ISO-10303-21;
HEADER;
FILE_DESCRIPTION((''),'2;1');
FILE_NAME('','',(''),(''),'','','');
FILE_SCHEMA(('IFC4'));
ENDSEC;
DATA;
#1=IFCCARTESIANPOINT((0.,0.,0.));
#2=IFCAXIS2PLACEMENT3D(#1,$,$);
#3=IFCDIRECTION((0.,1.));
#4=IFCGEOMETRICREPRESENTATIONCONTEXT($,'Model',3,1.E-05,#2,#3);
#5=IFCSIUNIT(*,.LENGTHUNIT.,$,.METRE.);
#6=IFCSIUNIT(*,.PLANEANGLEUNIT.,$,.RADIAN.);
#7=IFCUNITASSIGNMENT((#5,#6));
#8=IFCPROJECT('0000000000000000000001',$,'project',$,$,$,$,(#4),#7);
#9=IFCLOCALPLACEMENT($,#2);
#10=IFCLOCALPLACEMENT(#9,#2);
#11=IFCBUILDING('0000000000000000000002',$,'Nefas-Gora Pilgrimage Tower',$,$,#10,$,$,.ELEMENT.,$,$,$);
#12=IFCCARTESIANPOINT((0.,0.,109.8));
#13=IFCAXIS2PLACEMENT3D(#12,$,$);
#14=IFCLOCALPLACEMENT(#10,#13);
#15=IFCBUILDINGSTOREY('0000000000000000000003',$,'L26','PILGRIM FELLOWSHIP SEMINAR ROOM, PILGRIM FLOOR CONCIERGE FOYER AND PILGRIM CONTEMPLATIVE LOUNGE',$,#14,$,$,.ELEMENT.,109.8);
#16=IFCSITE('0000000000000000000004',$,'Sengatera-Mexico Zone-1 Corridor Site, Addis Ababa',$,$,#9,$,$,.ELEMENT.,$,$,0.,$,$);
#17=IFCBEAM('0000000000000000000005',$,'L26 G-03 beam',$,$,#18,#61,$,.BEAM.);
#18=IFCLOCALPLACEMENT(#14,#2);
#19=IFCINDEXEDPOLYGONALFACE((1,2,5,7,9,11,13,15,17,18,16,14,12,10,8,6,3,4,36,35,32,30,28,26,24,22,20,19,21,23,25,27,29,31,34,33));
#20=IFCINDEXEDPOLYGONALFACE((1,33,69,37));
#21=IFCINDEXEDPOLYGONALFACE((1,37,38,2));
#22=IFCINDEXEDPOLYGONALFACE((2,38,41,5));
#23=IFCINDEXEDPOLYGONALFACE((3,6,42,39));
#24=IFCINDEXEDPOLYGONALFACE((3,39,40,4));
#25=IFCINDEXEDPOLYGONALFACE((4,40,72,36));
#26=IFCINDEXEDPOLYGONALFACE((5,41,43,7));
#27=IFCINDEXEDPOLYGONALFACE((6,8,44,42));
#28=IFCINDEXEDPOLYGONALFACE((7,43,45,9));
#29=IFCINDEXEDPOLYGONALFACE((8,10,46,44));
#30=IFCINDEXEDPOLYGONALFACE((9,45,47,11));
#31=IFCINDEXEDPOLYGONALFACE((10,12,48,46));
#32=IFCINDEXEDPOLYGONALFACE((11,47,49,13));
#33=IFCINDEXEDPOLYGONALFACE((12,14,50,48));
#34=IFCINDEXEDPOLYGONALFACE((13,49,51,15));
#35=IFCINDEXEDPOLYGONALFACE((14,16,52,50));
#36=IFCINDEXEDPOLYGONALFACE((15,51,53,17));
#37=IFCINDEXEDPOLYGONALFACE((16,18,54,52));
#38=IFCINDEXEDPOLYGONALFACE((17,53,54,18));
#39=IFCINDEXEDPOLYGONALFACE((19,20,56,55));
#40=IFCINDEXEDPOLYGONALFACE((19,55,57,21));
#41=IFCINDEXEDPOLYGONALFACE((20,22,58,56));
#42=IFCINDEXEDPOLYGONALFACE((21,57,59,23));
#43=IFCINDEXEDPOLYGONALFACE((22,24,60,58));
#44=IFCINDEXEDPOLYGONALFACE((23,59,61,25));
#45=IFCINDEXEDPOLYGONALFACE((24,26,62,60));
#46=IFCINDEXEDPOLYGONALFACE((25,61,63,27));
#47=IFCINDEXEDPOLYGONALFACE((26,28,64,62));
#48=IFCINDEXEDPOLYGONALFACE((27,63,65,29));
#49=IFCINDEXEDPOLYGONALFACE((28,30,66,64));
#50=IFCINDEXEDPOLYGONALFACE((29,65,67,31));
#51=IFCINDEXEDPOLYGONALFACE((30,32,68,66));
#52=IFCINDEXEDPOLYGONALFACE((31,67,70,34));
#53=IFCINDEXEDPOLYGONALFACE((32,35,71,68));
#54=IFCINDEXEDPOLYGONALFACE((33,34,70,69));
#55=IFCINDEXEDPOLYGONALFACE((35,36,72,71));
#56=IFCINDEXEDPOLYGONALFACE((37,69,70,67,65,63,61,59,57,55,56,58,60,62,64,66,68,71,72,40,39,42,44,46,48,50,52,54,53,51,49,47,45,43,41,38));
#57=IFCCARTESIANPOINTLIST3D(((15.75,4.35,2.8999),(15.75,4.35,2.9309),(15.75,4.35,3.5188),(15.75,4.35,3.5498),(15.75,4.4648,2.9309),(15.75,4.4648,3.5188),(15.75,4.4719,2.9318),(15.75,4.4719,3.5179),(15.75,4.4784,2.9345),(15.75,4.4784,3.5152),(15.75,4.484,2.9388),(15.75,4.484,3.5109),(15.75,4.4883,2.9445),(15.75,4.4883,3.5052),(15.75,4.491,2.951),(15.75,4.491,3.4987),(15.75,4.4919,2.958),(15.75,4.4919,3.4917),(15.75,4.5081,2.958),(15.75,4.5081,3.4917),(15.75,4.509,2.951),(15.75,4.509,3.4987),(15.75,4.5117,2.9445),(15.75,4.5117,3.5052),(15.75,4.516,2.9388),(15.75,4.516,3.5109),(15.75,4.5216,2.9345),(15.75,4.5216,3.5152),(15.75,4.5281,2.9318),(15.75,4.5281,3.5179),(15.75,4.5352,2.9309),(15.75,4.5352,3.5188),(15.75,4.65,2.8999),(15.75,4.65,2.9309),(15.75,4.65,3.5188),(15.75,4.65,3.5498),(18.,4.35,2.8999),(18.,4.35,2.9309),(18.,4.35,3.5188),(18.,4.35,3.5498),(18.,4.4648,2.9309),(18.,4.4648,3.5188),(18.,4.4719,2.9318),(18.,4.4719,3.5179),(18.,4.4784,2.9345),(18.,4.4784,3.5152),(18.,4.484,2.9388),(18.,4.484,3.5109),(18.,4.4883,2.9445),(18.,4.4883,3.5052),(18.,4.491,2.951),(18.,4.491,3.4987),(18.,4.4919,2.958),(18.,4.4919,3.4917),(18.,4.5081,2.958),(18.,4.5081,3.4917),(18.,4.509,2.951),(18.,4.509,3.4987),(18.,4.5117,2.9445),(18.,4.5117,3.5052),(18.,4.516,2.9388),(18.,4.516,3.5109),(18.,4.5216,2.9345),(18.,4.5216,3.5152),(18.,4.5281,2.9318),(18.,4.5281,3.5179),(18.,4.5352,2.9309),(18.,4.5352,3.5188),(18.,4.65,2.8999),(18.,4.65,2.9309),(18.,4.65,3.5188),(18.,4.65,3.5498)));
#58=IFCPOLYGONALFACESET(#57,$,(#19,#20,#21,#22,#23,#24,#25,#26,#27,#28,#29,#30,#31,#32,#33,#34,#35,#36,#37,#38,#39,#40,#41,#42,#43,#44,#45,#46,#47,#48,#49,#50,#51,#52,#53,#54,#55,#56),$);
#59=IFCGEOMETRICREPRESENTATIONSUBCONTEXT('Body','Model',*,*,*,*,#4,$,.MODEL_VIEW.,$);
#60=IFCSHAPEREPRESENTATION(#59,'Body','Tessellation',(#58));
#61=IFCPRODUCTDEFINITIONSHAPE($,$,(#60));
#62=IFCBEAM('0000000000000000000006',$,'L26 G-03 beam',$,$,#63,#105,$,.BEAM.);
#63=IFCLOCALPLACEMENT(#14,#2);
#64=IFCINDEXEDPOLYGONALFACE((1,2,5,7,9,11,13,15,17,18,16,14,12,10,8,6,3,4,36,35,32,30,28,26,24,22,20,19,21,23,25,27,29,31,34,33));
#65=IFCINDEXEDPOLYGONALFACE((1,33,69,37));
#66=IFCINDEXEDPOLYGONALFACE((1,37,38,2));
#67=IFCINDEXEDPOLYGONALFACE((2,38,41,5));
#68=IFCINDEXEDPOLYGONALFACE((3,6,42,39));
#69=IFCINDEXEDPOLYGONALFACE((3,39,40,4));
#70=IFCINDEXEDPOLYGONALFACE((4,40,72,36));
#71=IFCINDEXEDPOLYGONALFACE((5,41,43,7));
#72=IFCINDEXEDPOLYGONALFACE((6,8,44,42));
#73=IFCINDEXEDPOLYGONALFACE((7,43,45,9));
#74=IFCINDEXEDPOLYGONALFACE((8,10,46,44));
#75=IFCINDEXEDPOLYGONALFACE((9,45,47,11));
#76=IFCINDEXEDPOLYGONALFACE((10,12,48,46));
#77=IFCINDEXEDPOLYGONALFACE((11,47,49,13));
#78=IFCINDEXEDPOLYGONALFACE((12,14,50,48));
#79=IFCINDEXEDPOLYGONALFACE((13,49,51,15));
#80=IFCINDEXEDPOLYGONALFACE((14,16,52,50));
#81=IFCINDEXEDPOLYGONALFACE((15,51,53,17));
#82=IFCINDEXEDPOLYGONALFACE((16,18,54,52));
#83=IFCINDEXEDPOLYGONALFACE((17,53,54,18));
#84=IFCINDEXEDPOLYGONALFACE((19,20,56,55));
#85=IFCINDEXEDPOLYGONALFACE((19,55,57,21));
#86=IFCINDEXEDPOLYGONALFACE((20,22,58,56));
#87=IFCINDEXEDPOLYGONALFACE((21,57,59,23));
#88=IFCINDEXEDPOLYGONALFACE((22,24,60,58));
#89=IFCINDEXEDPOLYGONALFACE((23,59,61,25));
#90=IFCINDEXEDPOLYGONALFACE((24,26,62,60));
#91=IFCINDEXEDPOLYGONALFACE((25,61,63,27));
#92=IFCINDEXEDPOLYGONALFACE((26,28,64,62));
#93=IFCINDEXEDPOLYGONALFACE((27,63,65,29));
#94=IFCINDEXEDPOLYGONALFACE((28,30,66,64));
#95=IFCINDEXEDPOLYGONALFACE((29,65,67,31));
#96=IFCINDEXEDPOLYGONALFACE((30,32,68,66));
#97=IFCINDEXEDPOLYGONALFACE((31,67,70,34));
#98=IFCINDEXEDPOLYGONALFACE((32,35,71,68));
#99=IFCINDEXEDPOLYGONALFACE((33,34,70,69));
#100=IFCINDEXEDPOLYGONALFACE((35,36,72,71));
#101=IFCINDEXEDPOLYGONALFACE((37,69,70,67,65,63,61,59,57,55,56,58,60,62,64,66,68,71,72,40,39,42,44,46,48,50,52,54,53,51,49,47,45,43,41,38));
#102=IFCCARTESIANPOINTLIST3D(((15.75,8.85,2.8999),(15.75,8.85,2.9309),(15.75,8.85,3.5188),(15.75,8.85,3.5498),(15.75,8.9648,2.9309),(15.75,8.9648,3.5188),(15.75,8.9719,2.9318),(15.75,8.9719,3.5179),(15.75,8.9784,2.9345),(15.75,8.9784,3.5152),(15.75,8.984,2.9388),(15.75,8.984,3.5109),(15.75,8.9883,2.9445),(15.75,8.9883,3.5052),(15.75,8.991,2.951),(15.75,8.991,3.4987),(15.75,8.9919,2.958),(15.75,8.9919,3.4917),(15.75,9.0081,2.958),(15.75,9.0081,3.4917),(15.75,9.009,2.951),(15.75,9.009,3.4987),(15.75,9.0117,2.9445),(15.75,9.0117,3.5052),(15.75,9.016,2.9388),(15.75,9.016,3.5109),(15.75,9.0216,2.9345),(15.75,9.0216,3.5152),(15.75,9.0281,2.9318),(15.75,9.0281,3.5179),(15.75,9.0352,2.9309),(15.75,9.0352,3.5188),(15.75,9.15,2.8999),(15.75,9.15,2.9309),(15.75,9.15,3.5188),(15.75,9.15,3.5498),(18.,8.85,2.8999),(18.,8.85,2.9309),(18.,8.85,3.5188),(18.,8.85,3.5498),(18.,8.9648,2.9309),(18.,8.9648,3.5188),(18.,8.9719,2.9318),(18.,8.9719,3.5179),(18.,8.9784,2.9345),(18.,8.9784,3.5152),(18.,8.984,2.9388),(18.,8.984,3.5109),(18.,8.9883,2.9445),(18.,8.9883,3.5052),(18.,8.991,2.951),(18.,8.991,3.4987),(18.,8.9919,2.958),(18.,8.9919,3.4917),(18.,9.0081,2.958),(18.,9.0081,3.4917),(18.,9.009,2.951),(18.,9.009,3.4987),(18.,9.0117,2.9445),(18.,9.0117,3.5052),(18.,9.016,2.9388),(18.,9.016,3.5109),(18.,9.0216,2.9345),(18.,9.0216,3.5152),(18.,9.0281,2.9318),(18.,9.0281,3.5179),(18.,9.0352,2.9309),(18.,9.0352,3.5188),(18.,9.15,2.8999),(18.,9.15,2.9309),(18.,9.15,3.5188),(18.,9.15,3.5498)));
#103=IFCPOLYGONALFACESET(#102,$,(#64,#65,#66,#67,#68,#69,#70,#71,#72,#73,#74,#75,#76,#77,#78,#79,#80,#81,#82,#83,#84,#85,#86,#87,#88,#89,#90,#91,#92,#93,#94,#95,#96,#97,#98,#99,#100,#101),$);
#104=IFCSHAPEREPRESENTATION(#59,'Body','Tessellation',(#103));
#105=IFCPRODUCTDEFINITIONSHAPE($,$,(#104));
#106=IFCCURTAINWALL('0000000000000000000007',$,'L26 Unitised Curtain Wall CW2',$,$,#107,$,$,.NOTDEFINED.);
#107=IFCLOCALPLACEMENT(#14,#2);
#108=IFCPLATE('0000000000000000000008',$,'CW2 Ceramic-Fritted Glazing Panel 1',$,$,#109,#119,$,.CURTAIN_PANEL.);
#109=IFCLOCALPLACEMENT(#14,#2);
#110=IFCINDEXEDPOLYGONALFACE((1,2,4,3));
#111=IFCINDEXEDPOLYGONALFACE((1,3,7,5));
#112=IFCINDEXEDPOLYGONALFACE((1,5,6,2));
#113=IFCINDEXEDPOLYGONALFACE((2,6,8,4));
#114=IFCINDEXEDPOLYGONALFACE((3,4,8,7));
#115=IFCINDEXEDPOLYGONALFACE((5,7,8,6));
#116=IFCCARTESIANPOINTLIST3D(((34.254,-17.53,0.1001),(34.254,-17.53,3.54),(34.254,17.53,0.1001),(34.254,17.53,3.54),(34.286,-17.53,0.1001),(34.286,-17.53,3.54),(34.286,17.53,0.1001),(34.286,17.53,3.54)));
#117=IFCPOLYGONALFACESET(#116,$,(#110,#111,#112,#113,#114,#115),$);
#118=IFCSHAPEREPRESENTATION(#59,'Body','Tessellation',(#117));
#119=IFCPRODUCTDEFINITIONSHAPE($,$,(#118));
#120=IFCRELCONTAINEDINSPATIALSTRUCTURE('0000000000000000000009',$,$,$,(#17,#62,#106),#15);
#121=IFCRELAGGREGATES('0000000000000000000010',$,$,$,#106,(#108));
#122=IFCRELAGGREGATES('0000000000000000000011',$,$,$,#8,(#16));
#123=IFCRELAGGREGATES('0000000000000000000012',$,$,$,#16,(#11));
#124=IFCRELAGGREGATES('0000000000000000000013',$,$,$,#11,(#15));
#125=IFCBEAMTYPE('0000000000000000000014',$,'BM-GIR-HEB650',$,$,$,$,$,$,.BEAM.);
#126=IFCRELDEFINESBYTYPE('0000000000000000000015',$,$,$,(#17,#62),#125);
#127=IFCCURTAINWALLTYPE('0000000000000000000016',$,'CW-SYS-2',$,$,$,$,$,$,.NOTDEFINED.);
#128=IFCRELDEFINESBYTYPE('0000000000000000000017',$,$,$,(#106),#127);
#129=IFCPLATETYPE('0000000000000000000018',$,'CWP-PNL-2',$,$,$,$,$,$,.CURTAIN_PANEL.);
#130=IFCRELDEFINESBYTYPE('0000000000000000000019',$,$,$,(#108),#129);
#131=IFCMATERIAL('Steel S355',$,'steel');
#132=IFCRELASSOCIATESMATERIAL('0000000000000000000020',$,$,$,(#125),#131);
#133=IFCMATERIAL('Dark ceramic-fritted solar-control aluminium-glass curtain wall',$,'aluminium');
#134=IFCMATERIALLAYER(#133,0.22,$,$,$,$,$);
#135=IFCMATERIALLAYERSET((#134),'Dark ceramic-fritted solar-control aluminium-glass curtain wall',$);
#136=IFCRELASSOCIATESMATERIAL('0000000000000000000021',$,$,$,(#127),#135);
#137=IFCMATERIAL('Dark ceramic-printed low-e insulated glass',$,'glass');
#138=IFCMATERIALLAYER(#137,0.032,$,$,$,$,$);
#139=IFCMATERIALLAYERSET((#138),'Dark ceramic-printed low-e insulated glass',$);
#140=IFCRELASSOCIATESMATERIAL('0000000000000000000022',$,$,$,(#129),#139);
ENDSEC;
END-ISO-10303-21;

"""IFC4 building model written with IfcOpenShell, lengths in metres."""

from ifc_helpers import new_model, si_unit, direction, frame, origin, origin_2d, place, context, subcontext, project, spatial, rectangle, i_section, extrude, source, transform, mapped, material, layer, layer_set, material_profile, profile_set, type_object, element, aggregate, save


model = new_model("IFC4")

# Units and contexts
model_context = context("Model", 3, precision=1e-05, world=origin(), true_north=direction((0.0, 1.0)))
body_context = subcontext(model_context, "Body", "Model", "MODEL_VIEW")
ifc_project = project(units=[si_unit("LENGTHUNIT", "METRE"), si_unit("PLANEANGLEUNIT", "RADIAN")], contexts=[model_context])

# Site, building, storey
site_placement = place(None, origin())
site = spatial("IfcSite", under=ifc_project, at=site_placement, Name="Sengatera-Mexico Zone-1 Corridor Site, Addis Ababa", CompositionType="ELEMENT", RefElevation=0.0)
building_placement = place(site_placement, origin())
building = spatial("IfcBuilding", under=site, at=building_placement, Name="Nefas-Gora Pilgrimage Tower", CompositionType="ELEMENT")
storey_placement = place(building_placement, frame((0.0, 0.0, 109.8)))
storey = spatial("IfcBuildingStorey", under=building, at=storey_placement, Name="L26", Description="PILGRIM FELLOWSHIP SEMINAR ROOM, PILGRIM FLOOR CONCIERGE FOYER AND PILGRIM CONTEMPLATIVE LOUNGE", CompositionType="ELEMENT", Elevation=109.8)

# Beams
ifc_material_1 = material(Name="Steel S355", Category="steel")
ifc_material_profile_1 = material_profile(ifc_material_1, i_section(OverallWidth=0.3, OverallDepth=0.6499, WebThickness=0.0161, FlangeThickness=0.031, FilletRadius=0.0271, at=origin_2d()), Name="HEB 650")
ifc_profile_set_1 = profile_set([ifc_material_profile_1], Name="Steel S355")
beam_type_1 = type_object("IfcBeamType", Name="BM-GIR-HEB650", PredefinedType="BEAM", material=ifc_profile_set_1)
shared_shape_1 = source(origin(), body_context, "Body", "SweptSolid", [
    extrude(i_section(OverallWidth=0.3, OverallDepth=0.6499, WebThickness=0.0161, FlangeThickness=0.031, FilletRadius=0.0271, at=origin_2d()), origin(), (0.0, 0.0, 1.0), 2.25),
])
for number, where, z_axis, x_axis, name in (
    (1, (15.75, 4.5, 3.2249), (1.0, 0.0, 0.0), (0.0, 1.0, 0.0), "L26 G-03 beam"),
    (2, (15.75, 9.0, 3.2249), (1.0, 0.0, 0.0), (0.0, 1.0, 0.0), "L26 G-03 beam"),
):
    element("IfcBeam", number, at=place(storey_placement, frame(where, z_axis=z_axis, x_axis=x_axis)), inside=storey, type_object=beam_type_1, Name=name, PredefinedType="BEAM", context=body_context, shape_type="MappedRepresentation", body=[
        mapped(shared_shape_1, transform((0.0, 0.0, 0.0), x_axis=(1.0, 0.0, 0.0), y_axis=(0.0, 1.0, 0.0), z_axis=(0.0, 0.0, 1.0), scale=1.0)),
    ])

# Curtain wall, plate
ifc_material_2 = material(Name="Dark ceramic-fritted solar-control aluminium-glass curtain wall", Category="aluminium")
ifc_layer_1 = layer(ifc_material_2, 0.22)
ifc_layer_set_1 = layer_set([ifc_layer_1], Name="Dark ceramic-fritted solar-control aluminium-glass curtain wall")
curtain_wall_type = type_object("IfcCurtainWallType", Name="CW-SYS-2", PredefinedType="NOTDEFINED", material=ifc_layer_set_1)
curtain_wall_placement = place(storey_placement, origin())
curtain_wall = element("IfcCurtainWall", 3, at=curtain_wall_placement, inside=storey, type_object=curtain_wall_type, Name="L26 Unitised Curtain Wall CW2", PredefinedType="NOTDEFINED")
ifc_material_3 = material(Name="Dark ceramic-printed low-e insulated glass", Category="glass")
ifc_layer_2 = layer(ifc_material_3, 0.032)
ifc_layer_set_2 = layer_set([ifc_layer_2], Name="Dark ceramic-printed low-e insulated glass")
plate_type = type_object("IfcPlateType", Name="CWP-PNL-2", PredefinedType="CURTAIN_PANEL", material=ifc_layer_set_2)
shared_shape_2 = source(origin(), body_context, "Body", "SweptSolid", [
    extrude(rectangle(XDim=35.0601, YDim=0.032, at=origin_2d()), origin(), (0.0, 0.0, 1.0), 3.4399),
])
plate_placement = place(storey_placement, frame((34.27, 0.0, 0.1001), z_axis=(0.0, 0.0, 1.0), x_axis=(0.0, 1.0, 0.0)))
plate = element("IfcPlate", 4, at=plate_placement, type_object=plate_type, Name="CW2 Ceramic-Fritted Glazing Panel 1", PredefinedType="CURTAIN_PANEL", context=body_context, shape_type="MappedRepresentation", body=[
    mapped(shared_shape_2, transform((0.0, 0.0, 0.0), x_axis=(1.0, 0.0, 0.0), y_axis=(0.0, 1.0, 0.0), z_axis=(0.0, 0.0, 1.0), scale=1.0)),
])
aggregate(curtain_wall, [plate])

save(model, "model.ifc")
